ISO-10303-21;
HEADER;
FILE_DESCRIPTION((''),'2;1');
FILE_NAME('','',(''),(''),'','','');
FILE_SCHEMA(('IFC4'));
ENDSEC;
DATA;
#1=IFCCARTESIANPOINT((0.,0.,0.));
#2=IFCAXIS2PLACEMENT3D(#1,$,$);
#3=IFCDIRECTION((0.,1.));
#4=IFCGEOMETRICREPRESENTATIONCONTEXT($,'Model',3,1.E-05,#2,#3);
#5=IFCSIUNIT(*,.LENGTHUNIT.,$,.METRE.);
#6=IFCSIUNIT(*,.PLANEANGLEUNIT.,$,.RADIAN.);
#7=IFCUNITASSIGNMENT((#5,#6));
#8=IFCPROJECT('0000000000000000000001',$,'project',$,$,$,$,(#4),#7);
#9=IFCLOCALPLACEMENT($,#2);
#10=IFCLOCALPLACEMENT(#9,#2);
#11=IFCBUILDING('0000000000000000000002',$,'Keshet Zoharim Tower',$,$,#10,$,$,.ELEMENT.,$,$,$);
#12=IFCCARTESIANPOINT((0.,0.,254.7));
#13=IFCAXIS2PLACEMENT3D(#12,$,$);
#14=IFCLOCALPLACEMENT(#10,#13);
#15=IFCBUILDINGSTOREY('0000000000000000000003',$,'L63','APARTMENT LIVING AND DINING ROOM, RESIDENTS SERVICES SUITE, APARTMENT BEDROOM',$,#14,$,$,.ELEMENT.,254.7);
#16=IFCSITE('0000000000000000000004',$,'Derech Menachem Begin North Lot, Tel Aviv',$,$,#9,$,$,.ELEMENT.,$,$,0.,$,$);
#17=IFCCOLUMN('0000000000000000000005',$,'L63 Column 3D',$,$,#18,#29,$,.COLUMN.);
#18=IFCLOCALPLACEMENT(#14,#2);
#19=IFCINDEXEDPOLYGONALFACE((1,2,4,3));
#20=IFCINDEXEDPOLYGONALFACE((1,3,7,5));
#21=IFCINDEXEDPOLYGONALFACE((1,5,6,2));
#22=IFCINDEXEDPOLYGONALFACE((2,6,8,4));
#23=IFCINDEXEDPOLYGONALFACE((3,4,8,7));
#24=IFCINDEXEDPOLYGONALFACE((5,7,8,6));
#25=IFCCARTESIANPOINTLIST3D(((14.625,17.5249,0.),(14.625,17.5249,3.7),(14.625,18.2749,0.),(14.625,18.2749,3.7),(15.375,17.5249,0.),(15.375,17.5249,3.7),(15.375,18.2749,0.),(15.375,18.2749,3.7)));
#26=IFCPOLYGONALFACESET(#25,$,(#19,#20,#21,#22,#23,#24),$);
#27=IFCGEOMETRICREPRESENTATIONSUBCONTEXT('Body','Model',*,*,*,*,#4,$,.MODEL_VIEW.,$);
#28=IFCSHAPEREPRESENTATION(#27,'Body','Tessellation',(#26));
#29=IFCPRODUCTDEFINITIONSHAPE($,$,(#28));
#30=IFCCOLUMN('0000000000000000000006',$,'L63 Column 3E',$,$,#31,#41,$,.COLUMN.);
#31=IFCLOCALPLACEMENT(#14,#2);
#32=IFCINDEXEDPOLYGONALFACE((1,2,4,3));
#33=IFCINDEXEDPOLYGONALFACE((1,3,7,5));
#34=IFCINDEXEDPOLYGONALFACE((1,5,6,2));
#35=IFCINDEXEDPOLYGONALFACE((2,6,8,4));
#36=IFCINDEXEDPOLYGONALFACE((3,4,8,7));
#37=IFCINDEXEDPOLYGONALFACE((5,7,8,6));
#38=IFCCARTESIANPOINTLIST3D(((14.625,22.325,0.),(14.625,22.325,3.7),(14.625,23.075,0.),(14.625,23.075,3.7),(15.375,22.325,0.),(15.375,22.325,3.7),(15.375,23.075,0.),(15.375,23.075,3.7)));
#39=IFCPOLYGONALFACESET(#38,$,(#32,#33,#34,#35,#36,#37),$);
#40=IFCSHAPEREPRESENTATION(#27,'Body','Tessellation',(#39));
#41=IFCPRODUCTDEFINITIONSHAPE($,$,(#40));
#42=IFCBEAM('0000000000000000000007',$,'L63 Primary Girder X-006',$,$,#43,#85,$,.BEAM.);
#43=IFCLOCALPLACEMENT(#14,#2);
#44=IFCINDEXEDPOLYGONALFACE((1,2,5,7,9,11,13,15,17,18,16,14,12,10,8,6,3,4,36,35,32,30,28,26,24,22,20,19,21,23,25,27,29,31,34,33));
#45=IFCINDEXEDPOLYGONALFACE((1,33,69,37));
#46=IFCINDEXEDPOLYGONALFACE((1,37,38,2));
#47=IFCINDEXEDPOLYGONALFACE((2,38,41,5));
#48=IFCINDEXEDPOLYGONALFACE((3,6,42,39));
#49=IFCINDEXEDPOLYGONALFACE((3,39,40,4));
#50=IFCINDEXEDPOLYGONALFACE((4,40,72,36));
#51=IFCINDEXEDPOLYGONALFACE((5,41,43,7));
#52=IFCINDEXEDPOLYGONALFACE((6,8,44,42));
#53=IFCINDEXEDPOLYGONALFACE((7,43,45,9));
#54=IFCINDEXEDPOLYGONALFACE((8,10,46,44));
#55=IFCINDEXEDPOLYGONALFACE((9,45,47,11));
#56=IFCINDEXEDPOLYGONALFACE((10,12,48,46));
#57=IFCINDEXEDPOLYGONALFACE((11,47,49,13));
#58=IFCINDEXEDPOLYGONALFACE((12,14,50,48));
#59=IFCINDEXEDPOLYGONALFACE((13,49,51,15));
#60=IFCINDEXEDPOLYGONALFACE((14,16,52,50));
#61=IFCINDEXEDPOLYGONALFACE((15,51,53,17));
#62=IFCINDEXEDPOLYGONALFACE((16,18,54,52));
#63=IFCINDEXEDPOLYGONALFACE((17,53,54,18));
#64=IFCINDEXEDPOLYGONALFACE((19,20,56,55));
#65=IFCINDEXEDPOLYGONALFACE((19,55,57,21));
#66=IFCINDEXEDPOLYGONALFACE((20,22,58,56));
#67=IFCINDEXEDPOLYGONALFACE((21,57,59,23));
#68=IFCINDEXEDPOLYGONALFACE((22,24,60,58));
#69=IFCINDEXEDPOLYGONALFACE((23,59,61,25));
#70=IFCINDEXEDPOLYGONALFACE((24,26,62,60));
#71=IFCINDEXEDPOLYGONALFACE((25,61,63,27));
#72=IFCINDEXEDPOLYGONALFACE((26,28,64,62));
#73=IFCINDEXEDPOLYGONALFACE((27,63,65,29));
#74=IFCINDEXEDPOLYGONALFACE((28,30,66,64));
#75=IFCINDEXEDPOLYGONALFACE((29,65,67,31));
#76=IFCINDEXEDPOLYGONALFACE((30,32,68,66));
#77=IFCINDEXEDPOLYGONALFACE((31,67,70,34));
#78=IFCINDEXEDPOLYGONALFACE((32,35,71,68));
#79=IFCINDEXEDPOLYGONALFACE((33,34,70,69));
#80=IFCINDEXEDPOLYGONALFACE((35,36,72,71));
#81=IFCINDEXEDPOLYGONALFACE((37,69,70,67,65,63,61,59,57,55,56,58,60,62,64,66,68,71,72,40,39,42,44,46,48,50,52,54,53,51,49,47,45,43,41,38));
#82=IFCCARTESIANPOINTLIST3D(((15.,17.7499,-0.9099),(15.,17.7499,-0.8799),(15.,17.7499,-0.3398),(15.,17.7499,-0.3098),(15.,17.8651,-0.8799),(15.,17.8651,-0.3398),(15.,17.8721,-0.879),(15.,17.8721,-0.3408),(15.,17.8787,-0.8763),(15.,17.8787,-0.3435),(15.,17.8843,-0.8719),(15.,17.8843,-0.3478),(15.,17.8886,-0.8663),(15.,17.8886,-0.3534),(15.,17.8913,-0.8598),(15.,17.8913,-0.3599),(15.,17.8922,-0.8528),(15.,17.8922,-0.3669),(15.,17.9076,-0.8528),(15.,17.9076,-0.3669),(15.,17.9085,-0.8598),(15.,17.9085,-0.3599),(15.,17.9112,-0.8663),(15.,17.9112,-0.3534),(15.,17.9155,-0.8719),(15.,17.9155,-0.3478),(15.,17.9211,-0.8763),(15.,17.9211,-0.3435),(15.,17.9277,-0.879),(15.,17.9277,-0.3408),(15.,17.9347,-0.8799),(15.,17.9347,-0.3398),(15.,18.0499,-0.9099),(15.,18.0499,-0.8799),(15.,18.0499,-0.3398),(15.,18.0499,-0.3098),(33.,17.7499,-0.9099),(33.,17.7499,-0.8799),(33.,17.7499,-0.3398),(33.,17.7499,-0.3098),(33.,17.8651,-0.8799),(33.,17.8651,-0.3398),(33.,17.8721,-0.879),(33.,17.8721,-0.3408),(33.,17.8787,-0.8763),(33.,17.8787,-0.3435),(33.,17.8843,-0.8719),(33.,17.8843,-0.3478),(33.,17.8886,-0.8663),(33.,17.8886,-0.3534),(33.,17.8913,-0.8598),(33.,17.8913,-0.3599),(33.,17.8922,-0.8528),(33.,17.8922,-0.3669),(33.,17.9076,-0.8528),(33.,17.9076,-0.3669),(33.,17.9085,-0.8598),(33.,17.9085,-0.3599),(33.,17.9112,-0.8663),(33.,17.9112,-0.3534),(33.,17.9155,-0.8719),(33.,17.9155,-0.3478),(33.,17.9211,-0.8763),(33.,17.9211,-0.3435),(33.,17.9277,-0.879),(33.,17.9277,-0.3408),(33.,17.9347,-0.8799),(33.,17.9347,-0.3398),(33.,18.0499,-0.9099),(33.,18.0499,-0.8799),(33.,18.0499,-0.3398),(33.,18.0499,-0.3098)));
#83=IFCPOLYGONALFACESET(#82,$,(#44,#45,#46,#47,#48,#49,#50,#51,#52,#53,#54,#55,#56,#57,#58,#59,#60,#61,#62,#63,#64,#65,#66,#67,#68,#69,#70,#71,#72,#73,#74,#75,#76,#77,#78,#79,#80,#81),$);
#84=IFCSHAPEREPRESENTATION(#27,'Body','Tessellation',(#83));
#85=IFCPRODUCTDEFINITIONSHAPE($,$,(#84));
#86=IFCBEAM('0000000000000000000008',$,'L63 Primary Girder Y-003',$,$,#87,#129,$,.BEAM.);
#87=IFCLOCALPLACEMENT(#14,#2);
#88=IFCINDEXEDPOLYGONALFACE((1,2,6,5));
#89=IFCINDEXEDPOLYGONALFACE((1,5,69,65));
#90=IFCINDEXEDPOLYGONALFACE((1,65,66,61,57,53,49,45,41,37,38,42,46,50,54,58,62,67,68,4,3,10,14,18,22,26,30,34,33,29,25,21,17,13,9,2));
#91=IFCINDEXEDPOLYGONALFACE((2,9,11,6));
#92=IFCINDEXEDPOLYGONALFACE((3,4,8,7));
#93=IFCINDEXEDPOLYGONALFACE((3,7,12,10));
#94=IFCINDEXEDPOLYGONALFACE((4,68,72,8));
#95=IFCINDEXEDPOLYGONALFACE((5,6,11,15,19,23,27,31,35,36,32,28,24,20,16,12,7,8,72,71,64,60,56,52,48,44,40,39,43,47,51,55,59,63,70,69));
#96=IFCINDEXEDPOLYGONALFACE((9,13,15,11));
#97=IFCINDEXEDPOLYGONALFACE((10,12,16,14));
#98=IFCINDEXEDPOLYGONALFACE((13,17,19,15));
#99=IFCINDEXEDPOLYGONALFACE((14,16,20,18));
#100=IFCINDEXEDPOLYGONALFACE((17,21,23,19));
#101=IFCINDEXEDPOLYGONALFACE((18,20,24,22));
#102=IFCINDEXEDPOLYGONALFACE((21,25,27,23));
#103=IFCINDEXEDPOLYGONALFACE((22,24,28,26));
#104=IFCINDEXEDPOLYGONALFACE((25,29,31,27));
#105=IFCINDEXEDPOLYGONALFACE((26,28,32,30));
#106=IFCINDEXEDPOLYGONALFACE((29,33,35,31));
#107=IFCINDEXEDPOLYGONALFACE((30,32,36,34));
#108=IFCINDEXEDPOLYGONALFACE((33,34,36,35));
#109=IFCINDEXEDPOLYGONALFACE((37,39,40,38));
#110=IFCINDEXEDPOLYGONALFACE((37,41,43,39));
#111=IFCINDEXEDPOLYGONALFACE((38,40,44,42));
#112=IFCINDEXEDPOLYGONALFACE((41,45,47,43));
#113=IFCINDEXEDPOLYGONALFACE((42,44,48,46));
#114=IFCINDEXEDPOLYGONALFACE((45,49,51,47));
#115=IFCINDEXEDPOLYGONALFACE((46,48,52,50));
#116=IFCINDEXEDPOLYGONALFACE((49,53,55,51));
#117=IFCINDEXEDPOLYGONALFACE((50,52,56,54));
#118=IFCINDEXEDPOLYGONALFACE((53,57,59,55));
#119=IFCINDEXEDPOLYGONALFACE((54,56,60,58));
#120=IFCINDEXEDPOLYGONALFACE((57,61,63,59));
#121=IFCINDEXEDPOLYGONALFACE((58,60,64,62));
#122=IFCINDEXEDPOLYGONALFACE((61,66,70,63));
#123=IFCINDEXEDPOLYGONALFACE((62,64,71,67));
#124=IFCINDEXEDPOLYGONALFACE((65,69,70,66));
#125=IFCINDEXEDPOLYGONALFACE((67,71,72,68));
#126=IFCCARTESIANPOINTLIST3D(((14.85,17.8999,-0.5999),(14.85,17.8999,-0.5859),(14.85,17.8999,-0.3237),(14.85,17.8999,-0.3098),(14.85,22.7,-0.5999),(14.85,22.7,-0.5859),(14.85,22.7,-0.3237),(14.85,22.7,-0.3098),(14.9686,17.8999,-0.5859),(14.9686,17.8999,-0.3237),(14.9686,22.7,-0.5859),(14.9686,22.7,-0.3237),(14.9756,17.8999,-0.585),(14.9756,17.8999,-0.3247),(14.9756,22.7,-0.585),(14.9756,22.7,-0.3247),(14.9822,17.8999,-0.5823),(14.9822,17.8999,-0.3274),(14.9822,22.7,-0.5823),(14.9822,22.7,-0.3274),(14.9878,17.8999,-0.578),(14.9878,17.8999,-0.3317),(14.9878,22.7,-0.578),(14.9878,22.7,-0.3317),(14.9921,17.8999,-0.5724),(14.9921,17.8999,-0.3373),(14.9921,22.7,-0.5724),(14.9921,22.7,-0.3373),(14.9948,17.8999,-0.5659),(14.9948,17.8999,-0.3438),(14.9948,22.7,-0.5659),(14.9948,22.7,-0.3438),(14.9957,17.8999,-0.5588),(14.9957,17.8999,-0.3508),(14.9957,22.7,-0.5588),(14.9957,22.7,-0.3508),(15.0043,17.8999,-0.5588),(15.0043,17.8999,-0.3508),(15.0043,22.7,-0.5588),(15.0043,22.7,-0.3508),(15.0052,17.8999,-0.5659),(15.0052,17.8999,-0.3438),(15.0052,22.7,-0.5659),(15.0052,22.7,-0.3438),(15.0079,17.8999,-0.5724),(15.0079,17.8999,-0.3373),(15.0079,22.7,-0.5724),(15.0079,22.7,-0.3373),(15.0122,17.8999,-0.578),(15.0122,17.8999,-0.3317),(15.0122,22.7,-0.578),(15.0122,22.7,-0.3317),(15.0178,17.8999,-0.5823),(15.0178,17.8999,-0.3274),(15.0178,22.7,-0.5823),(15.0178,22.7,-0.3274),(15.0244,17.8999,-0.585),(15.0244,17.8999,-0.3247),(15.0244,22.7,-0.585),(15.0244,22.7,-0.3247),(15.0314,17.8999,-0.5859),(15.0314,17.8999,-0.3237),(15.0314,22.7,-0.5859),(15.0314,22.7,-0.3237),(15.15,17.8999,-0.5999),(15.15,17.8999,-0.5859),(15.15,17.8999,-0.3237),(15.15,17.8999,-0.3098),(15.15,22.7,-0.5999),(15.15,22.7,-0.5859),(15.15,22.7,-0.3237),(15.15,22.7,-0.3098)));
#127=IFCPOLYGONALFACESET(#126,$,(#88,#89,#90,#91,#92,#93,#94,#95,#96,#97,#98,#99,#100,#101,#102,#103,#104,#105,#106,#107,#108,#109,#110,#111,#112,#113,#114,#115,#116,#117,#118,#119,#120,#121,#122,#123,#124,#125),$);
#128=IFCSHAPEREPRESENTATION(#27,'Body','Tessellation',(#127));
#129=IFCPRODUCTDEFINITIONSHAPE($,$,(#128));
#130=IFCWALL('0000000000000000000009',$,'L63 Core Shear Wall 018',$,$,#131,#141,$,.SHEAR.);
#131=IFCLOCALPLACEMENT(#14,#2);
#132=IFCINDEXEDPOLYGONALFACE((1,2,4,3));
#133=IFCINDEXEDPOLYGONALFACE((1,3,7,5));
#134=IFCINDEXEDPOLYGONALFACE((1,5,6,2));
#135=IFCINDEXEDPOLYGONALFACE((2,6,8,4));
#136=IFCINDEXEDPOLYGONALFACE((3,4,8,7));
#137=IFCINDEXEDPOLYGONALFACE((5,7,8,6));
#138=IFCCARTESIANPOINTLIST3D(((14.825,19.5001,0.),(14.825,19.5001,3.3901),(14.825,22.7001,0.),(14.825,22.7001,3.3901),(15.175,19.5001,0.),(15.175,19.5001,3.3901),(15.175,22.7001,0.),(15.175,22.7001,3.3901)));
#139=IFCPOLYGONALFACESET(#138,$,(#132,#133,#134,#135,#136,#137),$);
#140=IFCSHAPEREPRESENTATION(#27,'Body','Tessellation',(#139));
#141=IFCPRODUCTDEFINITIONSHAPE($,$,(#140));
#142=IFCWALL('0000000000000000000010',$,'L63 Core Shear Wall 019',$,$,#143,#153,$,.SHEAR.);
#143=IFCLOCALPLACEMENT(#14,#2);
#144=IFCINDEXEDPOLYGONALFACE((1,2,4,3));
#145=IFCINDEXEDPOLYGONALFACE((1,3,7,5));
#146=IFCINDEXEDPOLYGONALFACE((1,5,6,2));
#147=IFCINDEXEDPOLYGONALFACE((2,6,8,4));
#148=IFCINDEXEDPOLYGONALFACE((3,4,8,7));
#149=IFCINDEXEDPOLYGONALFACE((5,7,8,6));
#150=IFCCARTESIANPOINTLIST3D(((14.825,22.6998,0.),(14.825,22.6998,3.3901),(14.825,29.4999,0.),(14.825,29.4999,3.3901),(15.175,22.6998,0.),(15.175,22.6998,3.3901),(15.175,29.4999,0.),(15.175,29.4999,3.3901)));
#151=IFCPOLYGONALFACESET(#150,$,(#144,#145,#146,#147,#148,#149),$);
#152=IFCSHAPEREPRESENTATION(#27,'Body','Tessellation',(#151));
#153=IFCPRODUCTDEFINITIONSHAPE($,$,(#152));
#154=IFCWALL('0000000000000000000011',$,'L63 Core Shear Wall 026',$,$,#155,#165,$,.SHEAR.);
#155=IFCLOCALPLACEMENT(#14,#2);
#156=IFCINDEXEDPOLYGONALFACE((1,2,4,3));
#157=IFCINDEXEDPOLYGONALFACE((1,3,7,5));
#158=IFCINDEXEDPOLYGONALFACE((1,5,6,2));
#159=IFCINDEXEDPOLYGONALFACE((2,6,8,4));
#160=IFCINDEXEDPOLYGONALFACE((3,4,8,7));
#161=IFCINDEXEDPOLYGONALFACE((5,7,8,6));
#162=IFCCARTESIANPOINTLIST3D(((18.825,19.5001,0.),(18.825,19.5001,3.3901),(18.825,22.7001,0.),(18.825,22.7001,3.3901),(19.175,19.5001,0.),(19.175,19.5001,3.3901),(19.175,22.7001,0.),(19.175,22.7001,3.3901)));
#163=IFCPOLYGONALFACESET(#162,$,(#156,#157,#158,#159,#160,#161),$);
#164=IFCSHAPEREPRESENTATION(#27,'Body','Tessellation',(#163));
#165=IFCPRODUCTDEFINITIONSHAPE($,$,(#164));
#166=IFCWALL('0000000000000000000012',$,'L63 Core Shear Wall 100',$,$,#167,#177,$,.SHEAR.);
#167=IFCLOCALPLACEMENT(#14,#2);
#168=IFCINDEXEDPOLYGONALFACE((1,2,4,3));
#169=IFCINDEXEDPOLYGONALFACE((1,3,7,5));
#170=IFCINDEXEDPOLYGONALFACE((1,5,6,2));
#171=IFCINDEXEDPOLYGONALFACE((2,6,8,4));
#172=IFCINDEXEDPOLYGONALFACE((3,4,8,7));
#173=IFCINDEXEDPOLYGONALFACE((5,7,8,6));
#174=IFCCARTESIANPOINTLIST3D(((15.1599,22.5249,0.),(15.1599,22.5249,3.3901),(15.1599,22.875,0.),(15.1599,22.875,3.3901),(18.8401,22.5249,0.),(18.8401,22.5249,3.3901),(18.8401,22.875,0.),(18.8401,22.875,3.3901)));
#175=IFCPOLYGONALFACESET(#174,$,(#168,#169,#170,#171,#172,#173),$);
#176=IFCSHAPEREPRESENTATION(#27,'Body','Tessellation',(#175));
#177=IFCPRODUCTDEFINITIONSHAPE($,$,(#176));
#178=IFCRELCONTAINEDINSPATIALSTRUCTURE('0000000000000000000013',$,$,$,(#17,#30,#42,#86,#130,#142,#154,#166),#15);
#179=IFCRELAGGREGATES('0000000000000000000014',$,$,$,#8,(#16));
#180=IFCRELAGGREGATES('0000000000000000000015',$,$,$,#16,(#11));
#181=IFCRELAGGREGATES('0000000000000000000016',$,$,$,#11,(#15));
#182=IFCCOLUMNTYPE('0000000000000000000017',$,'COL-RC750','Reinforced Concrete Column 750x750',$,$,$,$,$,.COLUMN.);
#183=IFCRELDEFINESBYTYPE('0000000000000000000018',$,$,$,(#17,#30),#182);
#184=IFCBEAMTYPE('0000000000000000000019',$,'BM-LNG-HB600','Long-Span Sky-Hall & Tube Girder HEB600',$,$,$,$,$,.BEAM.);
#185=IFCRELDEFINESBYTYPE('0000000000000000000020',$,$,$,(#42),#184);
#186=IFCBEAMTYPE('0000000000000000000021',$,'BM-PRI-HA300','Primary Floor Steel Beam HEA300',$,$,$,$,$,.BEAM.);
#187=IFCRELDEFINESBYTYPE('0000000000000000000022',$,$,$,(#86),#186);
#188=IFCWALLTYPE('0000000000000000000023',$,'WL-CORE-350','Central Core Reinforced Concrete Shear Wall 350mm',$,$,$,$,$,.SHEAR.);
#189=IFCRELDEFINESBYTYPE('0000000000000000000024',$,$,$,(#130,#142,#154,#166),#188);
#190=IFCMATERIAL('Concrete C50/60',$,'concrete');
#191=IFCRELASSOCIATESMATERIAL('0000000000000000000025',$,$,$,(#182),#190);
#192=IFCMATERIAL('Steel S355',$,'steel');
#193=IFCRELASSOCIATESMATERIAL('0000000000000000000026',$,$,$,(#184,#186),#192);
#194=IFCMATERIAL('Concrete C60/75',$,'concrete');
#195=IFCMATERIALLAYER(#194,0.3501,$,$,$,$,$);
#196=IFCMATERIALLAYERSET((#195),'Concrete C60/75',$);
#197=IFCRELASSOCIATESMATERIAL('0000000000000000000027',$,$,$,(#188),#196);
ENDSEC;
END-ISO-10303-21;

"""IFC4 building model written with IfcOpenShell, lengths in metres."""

from ifc_helpers import new_model, si_unit, direction, frame, frame_2d, origin, origin_2d, place, context, subcontext, project, spatial, rectangle, i_section, extrude, material, layer, layer_set, material_profile, profile_set, type_object, element, save


model = new_model("IFC4")

# Units and contexts
model_context = context("Model", 3, precision=1e-05, world=origin(), true_north=direction((0.0, 1.0)))
body_context = subcontext(model_context, "Body", "Model", "MODEL_VIEW")
ifc_project = project(units=[si_unit("LENGTHUNIT", "METRE"), si_unit("PLANEANGLEUNIT", "RADIAN")], contexts=[model_context])

# Site, building, storey
site_placement = place(None, origin())
site = spatial("IfcSite", under=ifc_project, at=site_placement, Name="Derech Menachem Begin North Lot, Tel Aviv", CompositionType="ELEMENT", RefElevation=0.0)
building_placement = place(site_placement, origin())
building = spatial("IfcBuilding", under=site, at=building_placement, Name="Keshet Zoharim Tower", CompositionType="ELEMENT")
storey_placement = place(building_placement, frame((0.0, 0.0, 254.7)))
storey = spatial("IfcBuildingStorey", under=building, at=storey_placement, Name="L63", Description="APARTMENT LIVING AND DINING ROOM, RESIDENTS SERVICES SUITE, APARTMENT BEDROOM", CompositionType="ELEMENT", Elevation=254.7)

# Columns
ifc_material_1 = material(Name="Concrete C50/60", Category="concrete")
ifc_material_profile_1 = material_profile(ifc_material_1, rectangle(XDim=0.75, YDim=0.75, at=origin_2d()), Name="RC750x750")
ifc_profile_set_1 = profile_set([ifc_material_profile_1], Name="Concrete C50/60")
column_type = type_object("IfcColumnType", Name="COL-RC750", Description="Reinforced Concrete Column 750x750", PredefinedType="COLUMN", material=ifc_profile_set_1)
for number, where, z_axis, x_axis, name in (
    (1, (15.0, 17.8999, 0.0), (0.0, 0.0, 1.0), (1.0, 0.0, 0.0), "L63 Column 3D"),
    (2, (15.0, 22.7, 0.0), (0.0, 0.0, 1.0), (1.0, 0.0, 0.0), "L63 Column 3E"),
):
    element("IfcColumn", number, at=place(storey_placement, frame(where, z_axis=z_axis, x_axis=x_axis)), inside=storey, type_object=column_type, Name=name, PredefinedType="COLUMN", context=body_context, shape_type="SweptSolid", body=[
        extrude(rectangle(XDim=0.75, YDim=0.75, at=origin_2d()), origin(), (0.0, 0.0, 1.0), 3.7),
    ])

# Beams
ifc_material_2 = material(Name="Steel S355", Category="steel")
ifc_material_profile_2 = material_profile(ifc_material_2, i_section(OverallWidth=0.3, OverallDepth=0.6001, WebThickness=0.0154, FlangeThickness=0.03, FilletRadius=0.0271, at=origin_2d()), Name="HEB600")
ifc_profile_set_2 = profile_set([ifc_material_profile_2], Name="Steel S355")
beam_type_1 = type_object("IfcBeamType", Name="BM-LNG-HB600", Description="Long-Span Sky-Hall & Tube Girder HEB600", PredefinedType="BEAM", material=ifc_profile_set_2)
beam_1_placement = place(storey_placement, frame((15.0, 17.8999, -0.6099), z_axis=(1.0, 0.0, 0.0), x_axis=(0.0, 1.0, 0.0)))
element("IfcBeam", 3, at=beam_1_placement, inside=storey, type_object=beam_type_1, Name="L63 Primary Girder X-006", PredefinedType="BEAM", context=body_context, shape_type="SweptSolid", body=[
    extrude(i_section(OverallWidth=0.3, OverallDepth=0.6001, WebThickness=0.0154, FlangeThickness=0.03, FilletRadius=0.0271, at=origin_2d()), origin(), (0.0, 0.0, 1.0), 18.0),
])
ifc_material_profile_3 = material_profile(ifc_material_2, i_section(OverallWidth=0.3, OverallDepth=0.29, WebThickness=0.0085, FlangeThickness=0.0139, FilletRadius=0.0271, at=origin_2d()), Name="HEA300")
ifc_profile_set_3 = profile_set([ifc_material_profile_3], Name="Steel S355")
beam_type_2 = type_object("IfcBeamType", Name="BM-PRI-HA300", Description="Primary Floor Steel Beam HEA300", PredefinedType="BEAM", material=ifc_profile_set_3)
beam_2_placement = place(storey_placement, frame((15.0, 17.8999, -0.4548), z_axis=(0.0, 1.0, 0.0), x_axis=(-1.0, 0.0, 0.0)))
element("IfcBeam", 4, at=beam_2_placement, inside=storey, type_object=beam_type_2, Name="L63 Primary Girder Y-003", PredefinedType="BEAM", context=body_context, shape_type="SweptSolid", body=[
    extrude(i_section(OverallWidth=0.3, OverallDepth=0.29, WebThickness=0.0085, FlangeThickness=0.0139, FilletRadius=0.0271, at=origin_2d()), origin(), (0.0, 0.0, 1.0), 4.8),
])

# Walls
ifc_material_3 = material(Name="Concrete C60/75", Category="concrete")
ifc_layer_1 = layer(ifc_material_3, 0.3501)
ifc_layer_set_1 = layer_set([ifc_layer_1], Name="Concrete C60/75")
wall_type_1 = type_object("IfcWallType", Name="WL-CORE-350", Description="Central Core Reinforced Concrete Shear Wall 350mm", PredefinedType="SHEAR", material=ifc_layer_set_1)
wall_1_placement = place(storey_placement, frame((15.0, 19.5, 0.0), z_axis=(0.0, 0.0, 1.0), x_axis=(0.0, 1.0, 0.0)))
element("IfcWall", 5, at=wall_1_placement, inside=storey, type_object=wall_type_1, Name="L63 Core Shear Wall 018", PredefinedType="SHEAR", context=body_context, shape_type="SweptSolid", body=[
    extrude(rectangle(XDim=3.2, YDim=0.3501, at=frame_2d((1.6001, 0.0))), origin(), (0.0, 0.0, 1.0), 3.3901),
])
wall_2_placement = place(storey_placement, frame((15.0, 22.7, 0.0), z_axis=(0.0, 0.0, 1.0), x_axis=(0.0, 1.0, 0.0)))
element("IfcWall", 6, at=wall_2_placement, inside=storey, type_object=wall_type_1, Name="L63 Core Shear Wall 019", PredefinedType="SHEAR", context=body_context, shape_type="SweptSolid", body=[
    extrude(rectangle(XDim=6.8, YDim=0.3501, at=frame_2d((3.3999, 0.0))), origin(), (0.0, 0.0, 1.0), 3.3901),
])
wall_3_placement = place(storey_placement, frame((19.0, 19.5, 0.0), z_axis=(0.0, 0.0, 1.0), x_axis=(0.0, 1.0, 0.0)))
element("IfcWall", 7, at=wall_3_placement, inside=storey, type_object=wall_type_1, Name="L63 Core Shear Wall 026", PredefinedType="SHEAR", context=body_context, shape_type="SweptSolid", body=[
    extrude(rectangle(XDim=3.2, YDim=0.3501, at=frame_2d((1.6001, 0.0))), origin(), (0.0, 0.0, 1.0), 3.3901),
])

# Wall
wall_4_placement = place(storey_placement, frame((15.1599, 22.7, 0.0), z_axis=(0.0, 0.0, 1.0), x_axis=(1.0, 0.0, 0.0)))
element("IfcWall", 8, at=wall_4_placement, inside=storey, type_object=wall_type_1, Name="L63 Core Shear Wall 100", PredefinedType="SHEAR", context=body_context, shape_type="SweptSolid", body=[
    extrude(rectangle(XDim=3.6802, YDim=0.3501, at=frame_2d((1.8401, 0.0))), origin(), (0.0, 0.0, 1.0), 3.3901),
])

save(model, "model.ifc")
